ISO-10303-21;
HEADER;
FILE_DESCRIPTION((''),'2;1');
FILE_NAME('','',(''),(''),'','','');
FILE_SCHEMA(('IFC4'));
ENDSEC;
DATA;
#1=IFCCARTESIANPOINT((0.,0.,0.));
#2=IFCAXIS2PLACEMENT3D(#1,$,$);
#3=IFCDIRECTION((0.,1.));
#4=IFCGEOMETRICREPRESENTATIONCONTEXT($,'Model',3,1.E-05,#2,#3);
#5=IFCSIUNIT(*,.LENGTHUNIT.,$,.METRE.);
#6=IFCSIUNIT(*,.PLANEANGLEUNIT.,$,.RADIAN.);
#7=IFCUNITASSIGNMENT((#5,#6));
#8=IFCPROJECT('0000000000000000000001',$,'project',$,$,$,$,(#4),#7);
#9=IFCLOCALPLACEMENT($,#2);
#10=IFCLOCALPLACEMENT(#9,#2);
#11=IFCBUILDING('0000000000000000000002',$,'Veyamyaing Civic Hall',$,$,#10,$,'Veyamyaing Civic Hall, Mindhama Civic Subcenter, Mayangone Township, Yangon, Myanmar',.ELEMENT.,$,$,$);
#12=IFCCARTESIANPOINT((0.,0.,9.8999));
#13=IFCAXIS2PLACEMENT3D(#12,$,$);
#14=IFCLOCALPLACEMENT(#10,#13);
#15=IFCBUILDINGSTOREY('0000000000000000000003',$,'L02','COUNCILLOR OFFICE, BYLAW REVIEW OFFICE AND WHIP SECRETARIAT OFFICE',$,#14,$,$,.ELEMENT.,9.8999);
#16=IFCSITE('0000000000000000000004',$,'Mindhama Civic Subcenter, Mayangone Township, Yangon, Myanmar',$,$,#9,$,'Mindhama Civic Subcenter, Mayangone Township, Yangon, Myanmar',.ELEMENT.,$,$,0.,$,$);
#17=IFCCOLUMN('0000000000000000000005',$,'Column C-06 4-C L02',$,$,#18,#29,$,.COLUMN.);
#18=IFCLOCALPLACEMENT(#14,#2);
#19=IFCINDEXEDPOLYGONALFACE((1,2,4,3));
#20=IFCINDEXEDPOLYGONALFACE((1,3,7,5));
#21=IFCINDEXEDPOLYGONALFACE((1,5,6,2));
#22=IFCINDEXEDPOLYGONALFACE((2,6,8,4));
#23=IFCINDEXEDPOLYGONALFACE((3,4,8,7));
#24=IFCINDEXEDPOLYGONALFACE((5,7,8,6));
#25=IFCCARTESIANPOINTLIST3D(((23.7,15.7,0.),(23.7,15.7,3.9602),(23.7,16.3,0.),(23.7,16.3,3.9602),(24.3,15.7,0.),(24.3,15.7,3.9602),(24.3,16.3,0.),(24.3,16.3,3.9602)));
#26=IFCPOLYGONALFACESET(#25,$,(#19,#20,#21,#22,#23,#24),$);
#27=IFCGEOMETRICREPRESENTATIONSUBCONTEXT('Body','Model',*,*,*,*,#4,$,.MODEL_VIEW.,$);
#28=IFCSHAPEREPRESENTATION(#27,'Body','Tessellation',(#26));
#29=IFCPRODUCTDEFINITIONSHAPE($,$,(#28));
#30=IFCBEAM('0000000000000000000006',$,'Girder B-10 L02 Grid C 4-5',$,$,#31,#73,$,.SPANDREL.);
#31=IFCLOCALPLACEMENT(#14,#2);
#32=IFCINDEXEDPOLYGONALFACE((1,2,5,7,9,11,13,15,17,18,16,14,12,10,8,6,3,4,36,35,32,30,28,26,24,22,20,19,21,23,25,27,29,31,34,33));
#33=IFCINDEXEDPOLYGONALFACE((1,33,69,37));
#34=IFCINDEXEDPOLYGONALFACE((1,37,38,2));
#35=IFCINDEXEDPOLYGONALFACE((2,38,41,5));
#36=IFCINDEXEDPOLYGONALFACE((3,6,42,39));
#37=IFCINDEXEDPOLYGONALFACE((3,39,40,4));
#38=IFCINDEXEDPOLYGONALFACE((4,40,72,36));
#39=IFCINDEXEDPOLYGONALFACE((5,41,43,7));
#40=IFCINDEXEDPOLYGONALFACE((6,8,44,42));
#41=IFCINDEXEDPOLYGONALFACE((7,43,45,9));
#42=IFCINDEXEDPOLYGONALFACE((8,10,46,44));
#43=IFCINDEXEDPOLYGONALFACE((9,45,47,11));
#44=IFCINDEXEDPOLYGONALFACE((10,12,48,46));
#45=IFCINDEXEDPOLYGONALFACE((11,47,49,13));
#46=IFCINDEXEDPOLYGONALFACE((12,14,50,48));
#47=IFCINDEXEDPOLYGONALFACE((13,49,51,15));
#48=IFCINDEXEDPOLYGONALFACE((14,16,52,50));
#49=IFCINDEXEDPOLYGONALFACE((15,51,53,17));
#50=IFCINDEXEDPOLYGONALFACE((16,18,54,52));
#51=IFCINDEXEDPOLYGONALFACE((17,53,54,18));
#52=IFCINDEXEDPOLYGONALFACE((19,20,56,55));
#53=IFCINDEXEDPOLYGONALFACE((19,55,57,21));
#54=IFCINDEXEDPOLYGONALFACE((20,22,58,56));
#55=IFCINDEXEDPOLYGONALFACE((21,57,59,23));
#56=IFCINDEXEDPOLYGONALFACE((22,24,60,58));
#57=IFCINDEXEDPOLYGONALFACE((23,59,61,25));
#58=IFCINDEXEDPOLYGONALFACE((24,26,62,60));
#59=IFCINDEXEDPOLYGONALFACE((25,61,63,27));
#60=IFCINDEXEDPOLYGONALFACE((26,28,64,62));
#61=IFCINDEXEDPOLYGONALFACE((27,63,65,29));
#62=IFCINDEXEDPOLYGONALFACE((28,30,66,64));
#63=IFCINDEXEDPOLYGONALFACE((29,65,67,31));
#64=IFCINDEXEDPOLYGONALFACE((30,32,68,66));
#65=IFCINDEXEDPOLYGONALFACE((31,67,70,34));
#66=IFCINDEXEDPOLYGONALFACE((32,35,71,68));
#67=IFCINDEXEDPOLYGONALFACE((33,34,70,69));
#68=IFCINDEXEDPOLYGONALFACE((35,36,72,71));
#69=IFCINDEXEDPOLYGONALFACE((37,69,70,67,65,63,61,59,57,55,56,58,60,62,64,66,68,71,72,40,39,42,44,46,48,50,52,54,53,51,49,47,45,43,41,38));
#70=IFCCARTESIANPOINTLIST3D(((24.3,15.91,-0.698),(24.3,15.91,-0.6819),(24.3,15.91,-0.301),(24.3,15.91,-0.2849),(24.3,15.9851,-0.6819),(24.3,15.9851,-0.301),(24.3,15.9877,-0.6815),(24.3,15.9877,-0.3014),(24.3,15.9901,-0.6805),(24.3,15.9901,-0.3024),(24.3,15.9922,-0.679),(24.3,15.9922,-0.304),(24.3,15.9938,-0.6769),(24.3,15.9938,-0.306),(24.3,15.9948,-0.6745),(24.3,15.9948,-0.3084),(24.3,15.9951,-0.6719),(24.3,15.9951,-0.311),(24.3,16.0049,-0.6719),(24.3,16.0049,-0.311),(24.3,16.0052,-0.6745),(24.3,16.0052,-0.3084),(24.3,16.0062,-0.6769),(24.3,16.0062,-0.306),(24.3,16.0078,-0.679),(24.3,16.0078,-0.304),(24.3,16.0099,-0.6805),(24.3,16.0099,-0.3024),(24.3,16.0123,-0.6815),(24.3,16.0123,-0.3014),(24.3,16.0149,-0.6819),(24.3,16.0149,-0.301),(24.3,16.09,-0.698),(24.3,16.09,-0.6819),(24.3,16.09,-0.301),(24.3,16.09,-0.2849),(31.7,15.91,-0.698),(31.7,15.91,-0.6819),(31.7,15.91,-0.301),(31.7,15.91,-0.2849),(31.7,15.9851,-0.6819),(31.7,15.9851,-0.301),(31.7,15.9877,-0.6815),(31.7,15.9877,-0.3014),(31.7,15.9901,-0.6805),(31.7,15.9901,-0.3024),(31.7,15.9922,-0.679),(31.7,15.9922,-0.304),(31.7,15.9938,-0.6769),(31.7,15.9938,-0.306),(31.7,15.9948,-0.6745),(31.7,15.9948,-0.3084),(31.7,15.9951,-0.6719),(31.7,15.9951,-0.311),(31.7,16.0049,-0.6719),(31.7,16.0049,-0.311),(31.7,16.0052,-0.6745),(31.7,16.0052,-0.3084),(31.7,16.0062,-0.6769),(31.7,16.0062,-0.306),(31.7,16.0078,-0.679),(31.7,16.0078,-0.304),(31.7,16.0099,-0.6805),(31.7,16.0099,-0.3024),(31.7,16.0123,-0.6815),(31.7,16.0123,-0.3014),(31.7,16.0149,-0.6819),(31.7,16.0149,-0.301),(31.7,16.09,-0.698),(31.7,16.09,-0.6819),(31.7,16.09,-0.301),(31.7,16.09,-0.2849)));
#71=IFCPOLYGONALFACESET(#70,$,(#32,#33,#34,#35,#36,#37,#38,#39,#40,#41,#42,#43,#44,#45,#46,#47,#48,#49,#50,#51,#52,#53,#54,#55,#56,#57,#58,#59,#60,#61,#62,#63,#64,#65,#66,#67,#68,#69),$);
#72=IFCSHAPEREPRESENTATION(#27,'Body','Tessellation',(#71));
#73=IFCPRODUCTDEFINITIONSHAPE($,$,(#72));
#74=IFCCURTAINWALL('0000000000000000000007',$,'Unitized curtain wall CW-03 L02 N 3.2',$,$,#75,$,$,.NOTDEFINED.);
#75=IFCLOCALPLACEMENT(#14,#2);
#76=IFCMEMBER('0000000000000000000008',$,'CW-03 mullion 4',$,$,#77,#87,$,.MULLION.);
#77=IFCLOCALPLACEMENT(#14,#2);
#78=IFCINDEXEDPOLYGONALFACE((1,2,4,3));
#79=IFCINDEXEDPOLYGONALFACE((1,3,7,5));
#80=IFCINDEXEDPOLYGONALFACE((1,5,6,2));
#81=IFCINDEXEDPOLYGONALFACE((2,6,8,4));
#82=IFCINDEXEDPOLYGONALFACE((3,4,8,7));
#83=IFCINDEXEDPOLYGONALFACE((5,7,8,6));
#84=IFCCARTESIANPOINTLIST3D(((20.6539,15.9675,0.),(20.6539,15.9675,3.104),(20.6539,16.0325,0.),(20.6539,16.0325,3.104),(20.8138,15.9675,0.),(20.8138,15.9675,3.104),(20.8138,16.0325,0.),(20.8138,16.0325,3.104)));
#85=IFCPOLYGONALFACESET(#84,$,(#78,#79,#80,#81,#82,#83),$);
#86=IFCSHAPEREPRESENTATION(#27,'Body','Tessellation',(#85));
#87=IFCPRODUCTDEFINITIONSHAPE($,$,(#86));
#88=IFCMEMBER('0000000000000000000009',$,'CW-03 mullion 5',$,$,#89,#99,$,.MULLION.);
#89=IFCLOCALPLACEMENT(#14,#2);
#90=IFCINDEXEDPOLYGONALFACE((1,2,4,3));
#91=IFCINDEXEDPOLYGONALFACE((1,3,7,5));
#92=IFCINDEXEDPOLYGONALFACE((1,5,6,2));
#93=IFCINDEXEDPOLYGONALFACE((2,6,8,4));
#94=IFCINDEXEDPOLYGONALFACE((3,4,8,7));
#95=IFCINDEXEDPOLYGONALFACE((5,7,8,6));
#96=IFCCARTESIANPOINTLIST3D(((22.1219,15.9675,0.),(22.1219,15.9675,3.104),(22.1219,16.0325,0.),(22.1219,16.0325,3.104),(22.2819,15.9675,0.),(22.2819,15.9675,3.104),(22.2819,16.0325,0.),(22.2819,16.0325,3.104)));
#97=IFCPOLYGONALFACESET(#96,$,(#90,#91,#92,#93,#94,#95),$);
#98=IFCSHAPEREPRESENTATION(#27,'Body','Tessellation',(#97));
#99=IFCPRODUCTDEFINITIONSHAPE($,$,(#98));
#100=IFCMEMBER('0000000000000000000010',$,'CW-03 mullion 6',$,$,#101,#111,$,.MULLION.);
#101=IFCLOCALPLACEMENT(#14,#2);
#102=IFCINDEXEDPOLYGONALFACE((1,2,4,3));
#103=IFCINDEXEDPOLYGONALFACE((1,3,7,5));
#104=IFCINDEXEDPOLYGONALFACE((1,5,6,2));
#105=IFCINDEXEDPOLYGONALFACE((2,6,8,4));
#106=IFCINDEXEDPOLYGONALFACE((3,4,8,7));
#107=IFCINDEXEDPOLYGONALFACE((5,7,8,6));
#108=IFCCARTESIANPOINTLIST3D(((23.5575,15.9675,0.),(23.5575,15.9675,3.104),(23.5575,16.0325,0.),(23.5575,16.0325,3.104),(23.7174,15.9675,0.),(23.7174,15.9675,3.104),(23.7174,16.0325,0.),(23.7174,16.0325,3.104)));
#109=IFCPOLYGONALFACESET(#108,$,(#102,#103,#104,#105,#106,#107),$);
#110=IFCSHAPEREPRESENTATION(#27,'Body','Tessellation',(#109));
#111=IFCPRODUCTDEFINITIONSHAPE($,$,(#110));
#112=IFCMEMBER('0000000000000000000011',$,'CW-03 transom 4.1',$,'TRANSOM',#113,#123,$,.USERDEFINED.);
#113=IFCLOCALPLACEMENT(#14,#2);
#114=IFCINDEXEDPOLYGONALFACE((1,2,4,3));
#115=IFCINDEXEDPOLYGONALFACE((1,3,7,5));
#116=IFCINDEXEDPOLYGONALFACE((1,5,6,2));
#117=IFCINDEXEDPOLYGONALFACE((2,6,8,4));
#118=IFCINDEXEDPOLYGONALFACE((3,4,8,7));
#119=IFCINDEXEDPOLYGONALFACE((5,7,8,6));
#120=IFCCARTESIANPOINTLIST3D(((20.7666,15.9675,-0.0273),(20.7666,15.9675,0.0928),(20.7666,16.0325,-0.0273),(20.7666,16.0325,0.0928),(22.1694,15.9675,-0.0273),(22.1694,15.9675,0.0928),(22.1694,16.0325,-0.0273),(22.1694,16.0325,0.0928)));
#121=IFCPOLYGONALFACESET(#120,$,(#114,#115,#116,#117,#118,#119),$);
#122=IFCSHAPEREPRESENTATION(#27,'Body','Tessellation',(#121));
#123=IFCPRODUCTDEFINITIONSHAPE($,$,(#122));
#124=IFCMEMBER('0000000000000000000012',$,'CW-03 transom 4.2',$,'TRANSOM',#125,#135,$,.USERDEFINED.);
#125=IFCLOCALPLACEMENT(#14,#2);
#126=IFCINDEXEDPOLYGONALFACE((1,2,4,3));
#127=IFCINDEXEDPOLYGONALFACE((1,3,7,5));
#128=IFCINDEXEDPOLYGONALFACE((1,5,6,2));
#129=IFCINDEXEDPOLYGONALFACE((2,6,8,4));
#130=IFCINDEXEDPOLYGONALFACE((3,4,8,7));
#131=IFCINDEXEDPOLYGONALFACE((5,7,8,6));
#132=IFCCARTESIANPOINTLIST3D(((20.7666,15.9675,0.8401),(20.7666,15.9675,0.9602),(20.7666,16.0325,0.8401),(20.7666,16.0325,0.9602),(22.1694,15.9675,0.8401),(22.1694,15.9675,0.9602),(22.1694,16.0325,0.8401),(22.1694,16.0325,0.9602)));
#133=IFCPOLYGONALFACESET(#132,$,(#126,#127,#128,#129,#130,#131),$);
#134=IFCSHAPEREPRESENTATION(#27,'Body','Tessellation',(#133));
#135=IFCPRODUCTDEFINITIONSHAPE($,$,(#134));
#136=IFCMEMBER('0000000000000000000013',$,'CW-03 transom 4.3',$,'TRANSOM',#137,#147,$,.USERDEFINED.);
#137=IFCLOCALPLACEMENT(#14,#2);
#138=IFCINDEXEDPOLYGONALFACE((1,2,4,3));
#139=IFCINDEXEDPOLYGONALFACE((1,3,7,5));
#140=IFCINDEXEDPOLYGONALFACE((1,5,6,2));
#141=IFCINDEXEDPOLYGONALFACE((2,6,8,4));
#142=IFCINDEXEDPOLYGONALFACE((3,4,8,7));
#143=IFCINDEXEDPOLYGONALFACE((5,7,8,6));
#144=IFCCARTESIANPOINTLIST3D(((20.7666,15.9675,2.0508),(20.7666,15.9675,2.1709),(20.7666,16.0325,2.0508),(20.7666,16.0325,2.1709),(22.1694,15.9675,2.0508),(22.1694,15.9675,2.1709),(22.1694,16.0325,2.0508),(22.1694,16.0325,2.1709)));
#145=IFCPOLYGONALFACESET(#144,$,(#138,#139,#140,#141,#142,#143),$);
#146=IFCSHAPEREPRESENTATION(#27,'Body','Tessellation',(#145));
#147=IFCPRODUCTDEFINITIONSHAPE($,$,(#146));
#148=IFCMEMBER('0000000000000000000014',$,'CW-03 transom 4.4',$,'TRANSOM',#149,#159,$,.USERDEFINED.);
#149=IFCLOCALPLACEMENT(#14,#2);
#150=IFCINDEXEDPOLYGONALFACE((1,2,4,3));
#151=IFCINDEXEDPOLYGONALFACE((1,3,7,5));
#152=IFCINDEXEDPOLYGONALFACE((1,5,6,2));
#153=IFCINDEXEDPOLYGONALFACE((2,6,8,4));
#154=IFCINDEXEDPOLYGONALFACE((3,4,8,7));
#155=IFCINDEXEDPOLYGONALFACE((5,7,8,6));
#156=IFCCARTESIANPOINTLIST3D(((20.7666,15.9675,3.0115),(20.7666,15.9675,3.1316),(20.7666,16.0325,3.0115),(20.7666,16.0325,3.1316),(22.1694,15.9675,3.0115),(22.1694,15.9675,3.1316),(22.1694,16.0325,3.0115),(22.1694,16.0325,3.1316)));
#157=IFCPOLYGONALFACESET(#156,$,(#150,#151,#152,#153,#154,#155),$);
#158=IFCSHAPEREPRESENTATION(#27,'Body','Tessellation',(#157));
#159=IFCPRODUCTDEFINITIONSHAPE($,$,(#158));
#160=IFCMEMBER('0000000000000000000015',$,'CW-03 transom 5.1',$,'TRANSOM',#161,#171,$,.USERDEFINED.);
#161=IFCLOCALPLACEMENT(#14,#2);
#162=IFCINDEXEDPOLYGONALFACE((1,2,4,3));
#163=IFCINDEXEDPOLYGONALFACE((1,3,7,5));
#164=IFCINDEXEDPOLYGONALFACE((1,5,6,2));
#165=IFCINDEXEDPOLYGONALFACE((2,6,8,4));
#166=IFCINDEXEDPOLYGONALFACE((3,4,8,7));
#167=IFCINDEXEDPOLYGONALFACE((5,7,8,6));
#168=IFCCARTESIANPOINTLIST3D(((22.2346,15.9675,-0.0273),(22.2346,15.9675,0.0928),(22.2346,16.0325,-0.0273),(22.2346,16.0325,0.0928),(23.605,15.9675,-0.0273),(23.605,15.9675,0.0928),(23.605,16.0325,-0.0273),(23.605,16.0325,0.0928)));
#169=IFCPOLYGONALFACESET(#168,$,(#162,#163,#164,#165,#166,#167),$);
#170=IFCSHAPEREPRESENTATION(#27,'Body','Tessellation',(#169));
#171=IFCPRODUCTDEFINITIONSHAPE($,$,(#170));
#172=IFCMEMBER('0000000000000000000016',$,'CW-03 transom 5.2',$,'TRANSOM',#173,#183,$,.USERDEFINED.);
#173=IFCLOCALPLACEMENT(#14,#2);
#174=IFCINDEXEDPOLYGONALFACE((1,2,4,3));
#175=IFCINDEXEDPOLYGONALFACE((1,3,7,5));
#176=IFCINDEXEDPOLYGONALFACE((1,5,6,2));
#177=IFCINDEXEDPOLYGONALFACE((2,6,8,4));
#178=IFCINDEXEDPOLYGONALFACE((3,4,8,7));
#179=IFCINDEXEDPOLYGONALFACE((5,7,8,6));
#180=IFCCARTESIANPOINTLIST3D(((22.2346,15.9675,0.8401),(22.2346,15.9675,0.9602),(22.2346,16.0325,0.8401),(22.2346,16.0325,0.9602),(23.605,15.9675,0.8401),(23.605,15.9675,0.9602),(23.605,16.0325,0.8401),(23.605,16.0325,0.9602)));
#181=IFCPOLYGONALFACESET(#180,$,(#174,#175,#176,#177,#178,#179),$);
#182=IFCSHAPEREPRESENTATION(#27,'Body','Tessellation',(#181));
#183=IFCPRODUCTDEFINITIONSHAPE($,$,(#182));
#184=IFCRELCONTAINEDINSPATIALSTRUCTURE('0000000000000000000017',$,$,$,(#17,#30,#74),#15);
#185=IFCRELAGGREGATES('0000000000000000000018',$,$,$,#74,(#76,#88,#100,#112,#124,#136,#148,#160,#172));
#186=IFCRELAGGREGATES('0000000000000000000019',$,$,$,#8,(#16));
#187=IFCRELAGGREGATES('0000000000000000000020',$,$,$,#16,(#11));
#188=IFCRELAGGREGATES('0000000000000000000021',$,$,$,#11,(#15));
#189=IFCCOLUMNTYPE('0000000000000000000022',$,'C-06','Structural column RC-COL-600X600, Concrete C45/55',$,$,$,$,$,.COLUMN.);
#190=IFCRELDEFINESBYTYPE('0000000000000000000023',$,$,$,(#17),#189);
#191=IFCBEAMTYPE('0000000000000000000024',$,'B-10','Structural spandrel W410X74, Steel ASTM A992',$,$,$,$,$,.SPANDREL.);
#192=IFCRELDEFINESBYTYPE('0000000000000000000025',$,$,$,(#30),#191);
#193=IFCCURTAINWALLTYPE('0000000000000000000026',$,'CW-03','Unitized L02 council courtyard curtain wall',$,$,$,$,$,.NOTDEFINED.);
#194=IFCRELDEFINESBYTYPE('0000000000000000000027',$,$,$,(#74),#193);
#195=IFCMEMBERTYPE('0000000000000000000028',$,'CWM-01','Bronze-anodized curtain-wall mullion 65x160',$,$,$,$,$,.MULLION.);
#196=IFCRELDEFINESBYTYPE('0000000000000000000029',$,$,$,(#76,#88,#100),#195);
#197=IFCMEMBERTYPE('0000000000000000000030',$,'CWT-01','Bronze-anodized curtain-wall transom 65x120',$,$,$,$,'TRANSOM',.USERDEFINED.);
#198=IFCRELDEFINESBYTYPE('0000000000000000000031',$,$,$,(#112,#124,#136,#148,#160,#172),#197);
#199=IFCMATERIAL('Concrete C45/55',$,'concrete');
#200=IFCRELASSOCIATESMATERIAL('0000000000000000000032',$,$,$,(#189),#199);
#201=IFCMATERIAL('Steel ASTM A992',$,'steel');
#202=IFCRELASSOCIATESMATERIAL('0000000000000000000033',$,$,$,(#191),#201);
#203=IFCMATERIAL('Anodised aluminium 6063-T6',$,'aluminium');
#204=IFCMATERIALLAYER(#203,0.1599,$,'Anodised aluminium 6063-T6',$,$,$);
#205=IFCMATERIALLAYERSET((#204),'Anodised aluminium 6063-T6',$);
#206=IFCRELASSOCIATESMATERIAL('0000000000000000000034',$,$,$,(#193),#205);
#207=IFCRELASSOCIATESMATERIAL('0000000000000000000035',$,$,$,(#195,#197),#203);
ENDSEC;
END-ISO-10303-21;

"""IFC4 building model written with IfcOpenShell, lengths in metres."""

from ifc_helpers import new_model, si_unit, direction, frame, origin, origin_2d, place, context, subcontext, project, spatial, rectangle, i_section, extrude, material, layer, layer_set, material_profile, profile_set, type_object, element, aggregate, save


model = new_model("IFC4")

# Units and contexts
model_context = context("Model", 3, precision=1e-05, world=origin(), true_north=direction((0.0, 1.0)))
body_context = subcontext(model_context, "Body", "Model", "MODEL_VIEW")
ifc_project = project(units=[si_unit("LENGTHUNIT", "METRE"), si_unit("PLANEANGLEUNIT", "RADIAN")], contexts=[model_context])

# Site, building, storey
site_placement = place(None, origin())
site = spatial("IfcSite", under=ifc_project, at=site_placement, Name="Mindhama Civic Subcenter, Mayangone Township, Yangon, Myanmar", LongName="Mindhama Civic Subcenter, Mayangone Township, Yangon, Myanmar", CompositionType="ELEMENT", RefElevation=0.0)
building_placement = place(site_placement, origin())
building = spatial("IfcBuilding", under=site, at=building_placement, Name="Veyamyaing Civic Hall", LongName="Veyamyaing Civic Hall, Mindhama Civic Subcenter, Mayangone Township, Yangon, Myanmar", CompositionType="ELEMENT")
storey_placement = place(building_placement, frame((0.0, 0.0, 9.8999)))
storey = spatial("IfcBuildingStorey", under=building, at=storey_placement, Name="L02", Description="COUNCILLOR OFFICE, BYLAW REVIEW OFFICE AND WHIP SECRETARIAT OFFICE", CompositionType="ELEMENT", Elevation=9.8999)

# Column
ifc_material_1 = material(Name="Concrete C45/55", Category="concrete")
ifc_material_profile_1 = material_profile(ifc_material_1, rectangle(XDim=0.6001, YDim=0.6001, at=origin_2d()), Name="RC-COL-600X600")
ifc_profile_set_1 = profile_set([ifc_material_profile_1], Name="Concrete C45/55")
column_type = type_object("IfcColumnType", Name="C-06", Description="Structural column RC-COL-600X600, Concrete C45/55", PredefinedType="COLUMN", material=ifc_profile_set_1)
column_placement = place(storey_placement, frame((24.0, 16.0, 0.0), z_axis=(0.0, 0.0, 1.0), x_axis=(1.0, 0.0, 0.0)))
element("IfcColumn", 1, at=column_placement, inside=storey, type_object=column_type, Name="Column C-06 4-C L02", PredefinedType="COLUMN", context=body_context, shape_type="SweptSolid", body=[
    extrude(rectangle(XDim=0.6001, YDim=0.6001, at=origin_2d()), origin(), (0.0, 0.0, 1.0), 3.9602),
])

# Beam
ifc_material_2 = material(Name="Steel ASTM A992", Category="steel")
ifc_material_profile_2 = material_profile(ifc_material_2, i_section(OverallWidth=0.1799, OverallDepth=0.4131, WebThickness=0.0098, FlangeThickness=0.0161, FilletRadius=0.01, at=origin_2d()), Name="W410X74")
ifc_profile_set_2 = profile_set([ifc_material_profile_2], Name="Steel ASTM A992")
beam_type = type_object("IfcBeamType", Name="B-10", Description="Structural spandrel W410X74, Steel ASTM A992", PredefinedType="SPANDREL", material=ifc_profile_set_2)
beam_placement = place(storey_placement, frame((24.3, 16.0, -0.4915), z_axis=(1.0, 0.0, 0.0), x_axis=(0.0, 1.0, 0.0)))
element("IfcBeam", 2, at=beam_placement, inside=storey, type_object=beam_type, Name="Girder B-10 L02 Grid C 4-5", PredefinedType="SPANDREL", context=body_context, shape_type="SweptSolid", body=[
    extrude(i_section(OverallWidth=0.1799, OverallDepth=0.4131, WebThickness=0.0098, FlangeThickness=0.0161, FilletRadius=0.01, at=origin_2d()), origin(), (0.0, 0.0, 1.0), 7.3999),
])

# Curtain wall, members
ifc_material_3 = material(Name="Anodised aluminium 6063-T6", Category="aluminium")
ifc_layer_1 = layer(ifc_material_3, 0.1599, Name="Anodised aluminium 6063-T6")
ifc_layer_set_1 = layer_set([ifc_layer_1], Name="Anodised aluminium 6063-T6")
curtain_wall_type = type_object("IfcCurtainWallType", Name="CW-03", Description="Unitized L02 council courtyard curtain wall", PredefinedType="NOTDEFINED", material=ifc_layer_set_1)
curtain_wall_placement = place(storey_placement, origin())
curtain_wall = element("IfcCurtainWall", 3, at=curtain_wall_placement, inside=storey, type_object=curtain_wall_type, Name="Unitized curtain wall CW-03 L02 N 3.2", PredefinedType="NOTDEFINED")
ifc_material_profile_3 = material_profile(ifc_material_3, rectangle(XDim=0.0649, YDim=0.1599, at=origin_2d()), Name="ALU-MUL-65X160")
ifc_profile_set_3 = profile_set([ifc_material_profile_3], Name="Anodised aluminium 6063-T6")
member_type_1 = type_object("IfcMemberType", Name="CWM-01", Description="Bronze-anodized curtain-wall mullion 65x160", PredefinedType="MULLION", material=ifc_profile_set_3)
member_1_placement = place(storey_placement, frame((20.7339, 16.0, 0.0), z_axis=(0.0, 0.0, 1.0), x_axis=(0.0, 1.0, 0.0)))
member_1 = element("IfcMember", 4, at=member_1_placement, type_object=member_type_1, Name="CW-03 mullion 4", PredefinedType="MULLION", context=body_context, shape_type="SweptSolid", body=[
    extrude(rectangle(XDim=0.0649, YDim=0.1599, at=origin_2d()), origin(), (0.0, 0.0, 1.0), 3.104),
])
member_2_placement = place(storey_placement, frame((22.2019, 16.0, 0.0), z_axis=(0.0, 0.0, 1.0), x_axis=(0.0, 1.0, 0.0)))
member_2 = element("IfcMember", 5, at=member_2_placement, type_object=member_type_1, Name="CW-03 mullion 5", PredefinedType="MULLION", context=body_context, shape_type="SweptSolid", body=[
    extrude(rectangle(XDim=0.0649, YDim=0.1599, at=origin_2d()), origin(), (0.0, 0.0, 1.0), 3.104),
])
member_3_placement = place(storey_placement, frame((23.6375, 16.0, 0.0), z_axis=(0.0, 0.0, 1.0), x_axis=(0.0, 1.0, 0.0)))
member_3 = element("IfcMember", 6, at=member_3_placement, type_object=member_type_1, Name="CW-03 mullion 6", PredefinedType="MULLION", context=body_context, shape_type="SweptSolid", body=[
    extrude(rectangle(XDim=0.0649, YDim=0.1599, at=origin_2d()), origin(), (0.0, 0.0, 1.0), 3.104),
])
ifc_material_profile_4 = material_profile(ifc_material_3, rectangle(XDim=0.0649, YDim=0.1201, at=origin_2d()), Name="ALU-TRN-65X120")
ifc_profile_set_4 = profile_set([ifc_material_profile_4], Name="Anodised aluminium 6063-T6")
member_type_2 = type_object("IfcMemberType", Name="CWT-01", Description="Bronze-anodized curtain-wall transom 65x120", ElementType="TRANSOM", PredefinedType="USERDEFINED", material=ifc_profile_set_4)
member_4_placement = place(storey_placement, frame((20.7666, 16.0, 0.0327), z_axis=(1.0, 0.0, 0.0), x_axis=(0.0, 1.0, 0.0)))
member_4 = element("IfcMember", 7, at=member_4_placement, type_object=member_type_2, Name="CW-03 transom 4.1", ObjectType="TRANSOM", PredefinedType="USERDEFINED", context=body_context, shape_type="SweptSolid", body=[
    extrude(rectangle(XDim=0.0649, YDim=0.1201, at=origin_2d()), origin(), (0.0, 0.0, 1.0), 1.4028),
])
member_5_placement = place(storey_placement, frame((20.7666, 16.0, 0.9001), z_axis=(1.0, 0.0, 0.0), x_axis=(0.0, 1.0, 0.0)))
member_5 = element("IfcMember", 8, at=member_5_placement, type_object=member_type_2, Name="CW-03 transom 4.2", ObjectType="TRANSOM", PredefinedType="USERDEFINED", context=body_context, shape_type="SweptSolid", body=[
    extrude(rectangle(XDim=0.0649, YDim=0.1201, at=origin_2d()), origin(), (0.0, 0.0, 1.0), 1.4028),
])
member_6_placement = place(storey_placement, frame((20.7666, 16.0, 2.1108), z_axis=(1.0, 0.0, 0.0), x_axis=(0.0, 1.0, 0.0)))
member_6 = element("IfcMember", 9, at=member_6_placement, type_object=member_type_2, Name="CW-03 transom 4.3", ObjectType="TRANSOM", PredefinedType="USERDEFINED", context=body_context, shape_type="SweptSolid", body=[
    extrude(rectangle(XDim=0.0649, YDim=0.1201, at=origin_2d()), origin(), (0.0, 0.0, 1.0), 1.4028),
])
member_7_placement = place(storey_placement, frame((20.7666, 16.0, 3.0715), z_axis=(1.0, 0.0, 0.0), x_axis=(0.0, 1.0, 0.0)))
member_7 = element("IfcMember", 10, at=member_7_placement, type_object=member_type_2, Name="CW-03 transom 4.4", ObjectType="TRANSOM", PredefinedType="USERDEFINED", context=body_context, shape_type="SweptSolid", body=[
    extrude(rectangle(XDim=0.0649, YDim=0.1201, at=origin_2d()), origin(), (0.0, 0.0, 1.0), 1.4028),
])
member_8_placement = place(storey_placement, frame((22.2346, 16.0, 0.0327), z_axis=(1.0, 0.0, 0.0), x_axis=(0.0, 1.0, 0.0)))
member_8 = element("IfcMember", 11, at=member_8_placement, type_object=member_type_2, Name="CW-03 transom 5.1", ObjectType="TRANSOM", PredefinedType="USERDEFINED", context=body_context, shape_type="SweptSolid", body=[
    extrude(rectangle(XDim=0.0649, YDim=0.1201, at=origin_2d()), origin(), (0.0, 0.0, 1.0), 1.3704),
])
member_9_placement = place(storey_placement, frame((22.2346, 16.0, 0.9001), z_axis=(1.0, 0.0, 0.0), x_axis=(0.0, 1.0, 0.0)))
member_9 = element("IfcMember", 12, at=member_9_placement, type_object=member_type_2, Name="CW-03 transom 5.2", ObjectType="TRANSOM", PredefinedType="USERDEFINED", context=body_context, shape_type="SweptSolid", body=[
    extrude(rectangle(XDim=0.0649, YDim=0.1201, at=origin_2d()), origin(), (0.0, 0.0, 1.0), 1.3704),
])
aggregate(curtain_wall, [member_1, member_2, member_3, member_4, member_5, member_6, member_7, member_8, member_9])

save(model, "model.ifc")
